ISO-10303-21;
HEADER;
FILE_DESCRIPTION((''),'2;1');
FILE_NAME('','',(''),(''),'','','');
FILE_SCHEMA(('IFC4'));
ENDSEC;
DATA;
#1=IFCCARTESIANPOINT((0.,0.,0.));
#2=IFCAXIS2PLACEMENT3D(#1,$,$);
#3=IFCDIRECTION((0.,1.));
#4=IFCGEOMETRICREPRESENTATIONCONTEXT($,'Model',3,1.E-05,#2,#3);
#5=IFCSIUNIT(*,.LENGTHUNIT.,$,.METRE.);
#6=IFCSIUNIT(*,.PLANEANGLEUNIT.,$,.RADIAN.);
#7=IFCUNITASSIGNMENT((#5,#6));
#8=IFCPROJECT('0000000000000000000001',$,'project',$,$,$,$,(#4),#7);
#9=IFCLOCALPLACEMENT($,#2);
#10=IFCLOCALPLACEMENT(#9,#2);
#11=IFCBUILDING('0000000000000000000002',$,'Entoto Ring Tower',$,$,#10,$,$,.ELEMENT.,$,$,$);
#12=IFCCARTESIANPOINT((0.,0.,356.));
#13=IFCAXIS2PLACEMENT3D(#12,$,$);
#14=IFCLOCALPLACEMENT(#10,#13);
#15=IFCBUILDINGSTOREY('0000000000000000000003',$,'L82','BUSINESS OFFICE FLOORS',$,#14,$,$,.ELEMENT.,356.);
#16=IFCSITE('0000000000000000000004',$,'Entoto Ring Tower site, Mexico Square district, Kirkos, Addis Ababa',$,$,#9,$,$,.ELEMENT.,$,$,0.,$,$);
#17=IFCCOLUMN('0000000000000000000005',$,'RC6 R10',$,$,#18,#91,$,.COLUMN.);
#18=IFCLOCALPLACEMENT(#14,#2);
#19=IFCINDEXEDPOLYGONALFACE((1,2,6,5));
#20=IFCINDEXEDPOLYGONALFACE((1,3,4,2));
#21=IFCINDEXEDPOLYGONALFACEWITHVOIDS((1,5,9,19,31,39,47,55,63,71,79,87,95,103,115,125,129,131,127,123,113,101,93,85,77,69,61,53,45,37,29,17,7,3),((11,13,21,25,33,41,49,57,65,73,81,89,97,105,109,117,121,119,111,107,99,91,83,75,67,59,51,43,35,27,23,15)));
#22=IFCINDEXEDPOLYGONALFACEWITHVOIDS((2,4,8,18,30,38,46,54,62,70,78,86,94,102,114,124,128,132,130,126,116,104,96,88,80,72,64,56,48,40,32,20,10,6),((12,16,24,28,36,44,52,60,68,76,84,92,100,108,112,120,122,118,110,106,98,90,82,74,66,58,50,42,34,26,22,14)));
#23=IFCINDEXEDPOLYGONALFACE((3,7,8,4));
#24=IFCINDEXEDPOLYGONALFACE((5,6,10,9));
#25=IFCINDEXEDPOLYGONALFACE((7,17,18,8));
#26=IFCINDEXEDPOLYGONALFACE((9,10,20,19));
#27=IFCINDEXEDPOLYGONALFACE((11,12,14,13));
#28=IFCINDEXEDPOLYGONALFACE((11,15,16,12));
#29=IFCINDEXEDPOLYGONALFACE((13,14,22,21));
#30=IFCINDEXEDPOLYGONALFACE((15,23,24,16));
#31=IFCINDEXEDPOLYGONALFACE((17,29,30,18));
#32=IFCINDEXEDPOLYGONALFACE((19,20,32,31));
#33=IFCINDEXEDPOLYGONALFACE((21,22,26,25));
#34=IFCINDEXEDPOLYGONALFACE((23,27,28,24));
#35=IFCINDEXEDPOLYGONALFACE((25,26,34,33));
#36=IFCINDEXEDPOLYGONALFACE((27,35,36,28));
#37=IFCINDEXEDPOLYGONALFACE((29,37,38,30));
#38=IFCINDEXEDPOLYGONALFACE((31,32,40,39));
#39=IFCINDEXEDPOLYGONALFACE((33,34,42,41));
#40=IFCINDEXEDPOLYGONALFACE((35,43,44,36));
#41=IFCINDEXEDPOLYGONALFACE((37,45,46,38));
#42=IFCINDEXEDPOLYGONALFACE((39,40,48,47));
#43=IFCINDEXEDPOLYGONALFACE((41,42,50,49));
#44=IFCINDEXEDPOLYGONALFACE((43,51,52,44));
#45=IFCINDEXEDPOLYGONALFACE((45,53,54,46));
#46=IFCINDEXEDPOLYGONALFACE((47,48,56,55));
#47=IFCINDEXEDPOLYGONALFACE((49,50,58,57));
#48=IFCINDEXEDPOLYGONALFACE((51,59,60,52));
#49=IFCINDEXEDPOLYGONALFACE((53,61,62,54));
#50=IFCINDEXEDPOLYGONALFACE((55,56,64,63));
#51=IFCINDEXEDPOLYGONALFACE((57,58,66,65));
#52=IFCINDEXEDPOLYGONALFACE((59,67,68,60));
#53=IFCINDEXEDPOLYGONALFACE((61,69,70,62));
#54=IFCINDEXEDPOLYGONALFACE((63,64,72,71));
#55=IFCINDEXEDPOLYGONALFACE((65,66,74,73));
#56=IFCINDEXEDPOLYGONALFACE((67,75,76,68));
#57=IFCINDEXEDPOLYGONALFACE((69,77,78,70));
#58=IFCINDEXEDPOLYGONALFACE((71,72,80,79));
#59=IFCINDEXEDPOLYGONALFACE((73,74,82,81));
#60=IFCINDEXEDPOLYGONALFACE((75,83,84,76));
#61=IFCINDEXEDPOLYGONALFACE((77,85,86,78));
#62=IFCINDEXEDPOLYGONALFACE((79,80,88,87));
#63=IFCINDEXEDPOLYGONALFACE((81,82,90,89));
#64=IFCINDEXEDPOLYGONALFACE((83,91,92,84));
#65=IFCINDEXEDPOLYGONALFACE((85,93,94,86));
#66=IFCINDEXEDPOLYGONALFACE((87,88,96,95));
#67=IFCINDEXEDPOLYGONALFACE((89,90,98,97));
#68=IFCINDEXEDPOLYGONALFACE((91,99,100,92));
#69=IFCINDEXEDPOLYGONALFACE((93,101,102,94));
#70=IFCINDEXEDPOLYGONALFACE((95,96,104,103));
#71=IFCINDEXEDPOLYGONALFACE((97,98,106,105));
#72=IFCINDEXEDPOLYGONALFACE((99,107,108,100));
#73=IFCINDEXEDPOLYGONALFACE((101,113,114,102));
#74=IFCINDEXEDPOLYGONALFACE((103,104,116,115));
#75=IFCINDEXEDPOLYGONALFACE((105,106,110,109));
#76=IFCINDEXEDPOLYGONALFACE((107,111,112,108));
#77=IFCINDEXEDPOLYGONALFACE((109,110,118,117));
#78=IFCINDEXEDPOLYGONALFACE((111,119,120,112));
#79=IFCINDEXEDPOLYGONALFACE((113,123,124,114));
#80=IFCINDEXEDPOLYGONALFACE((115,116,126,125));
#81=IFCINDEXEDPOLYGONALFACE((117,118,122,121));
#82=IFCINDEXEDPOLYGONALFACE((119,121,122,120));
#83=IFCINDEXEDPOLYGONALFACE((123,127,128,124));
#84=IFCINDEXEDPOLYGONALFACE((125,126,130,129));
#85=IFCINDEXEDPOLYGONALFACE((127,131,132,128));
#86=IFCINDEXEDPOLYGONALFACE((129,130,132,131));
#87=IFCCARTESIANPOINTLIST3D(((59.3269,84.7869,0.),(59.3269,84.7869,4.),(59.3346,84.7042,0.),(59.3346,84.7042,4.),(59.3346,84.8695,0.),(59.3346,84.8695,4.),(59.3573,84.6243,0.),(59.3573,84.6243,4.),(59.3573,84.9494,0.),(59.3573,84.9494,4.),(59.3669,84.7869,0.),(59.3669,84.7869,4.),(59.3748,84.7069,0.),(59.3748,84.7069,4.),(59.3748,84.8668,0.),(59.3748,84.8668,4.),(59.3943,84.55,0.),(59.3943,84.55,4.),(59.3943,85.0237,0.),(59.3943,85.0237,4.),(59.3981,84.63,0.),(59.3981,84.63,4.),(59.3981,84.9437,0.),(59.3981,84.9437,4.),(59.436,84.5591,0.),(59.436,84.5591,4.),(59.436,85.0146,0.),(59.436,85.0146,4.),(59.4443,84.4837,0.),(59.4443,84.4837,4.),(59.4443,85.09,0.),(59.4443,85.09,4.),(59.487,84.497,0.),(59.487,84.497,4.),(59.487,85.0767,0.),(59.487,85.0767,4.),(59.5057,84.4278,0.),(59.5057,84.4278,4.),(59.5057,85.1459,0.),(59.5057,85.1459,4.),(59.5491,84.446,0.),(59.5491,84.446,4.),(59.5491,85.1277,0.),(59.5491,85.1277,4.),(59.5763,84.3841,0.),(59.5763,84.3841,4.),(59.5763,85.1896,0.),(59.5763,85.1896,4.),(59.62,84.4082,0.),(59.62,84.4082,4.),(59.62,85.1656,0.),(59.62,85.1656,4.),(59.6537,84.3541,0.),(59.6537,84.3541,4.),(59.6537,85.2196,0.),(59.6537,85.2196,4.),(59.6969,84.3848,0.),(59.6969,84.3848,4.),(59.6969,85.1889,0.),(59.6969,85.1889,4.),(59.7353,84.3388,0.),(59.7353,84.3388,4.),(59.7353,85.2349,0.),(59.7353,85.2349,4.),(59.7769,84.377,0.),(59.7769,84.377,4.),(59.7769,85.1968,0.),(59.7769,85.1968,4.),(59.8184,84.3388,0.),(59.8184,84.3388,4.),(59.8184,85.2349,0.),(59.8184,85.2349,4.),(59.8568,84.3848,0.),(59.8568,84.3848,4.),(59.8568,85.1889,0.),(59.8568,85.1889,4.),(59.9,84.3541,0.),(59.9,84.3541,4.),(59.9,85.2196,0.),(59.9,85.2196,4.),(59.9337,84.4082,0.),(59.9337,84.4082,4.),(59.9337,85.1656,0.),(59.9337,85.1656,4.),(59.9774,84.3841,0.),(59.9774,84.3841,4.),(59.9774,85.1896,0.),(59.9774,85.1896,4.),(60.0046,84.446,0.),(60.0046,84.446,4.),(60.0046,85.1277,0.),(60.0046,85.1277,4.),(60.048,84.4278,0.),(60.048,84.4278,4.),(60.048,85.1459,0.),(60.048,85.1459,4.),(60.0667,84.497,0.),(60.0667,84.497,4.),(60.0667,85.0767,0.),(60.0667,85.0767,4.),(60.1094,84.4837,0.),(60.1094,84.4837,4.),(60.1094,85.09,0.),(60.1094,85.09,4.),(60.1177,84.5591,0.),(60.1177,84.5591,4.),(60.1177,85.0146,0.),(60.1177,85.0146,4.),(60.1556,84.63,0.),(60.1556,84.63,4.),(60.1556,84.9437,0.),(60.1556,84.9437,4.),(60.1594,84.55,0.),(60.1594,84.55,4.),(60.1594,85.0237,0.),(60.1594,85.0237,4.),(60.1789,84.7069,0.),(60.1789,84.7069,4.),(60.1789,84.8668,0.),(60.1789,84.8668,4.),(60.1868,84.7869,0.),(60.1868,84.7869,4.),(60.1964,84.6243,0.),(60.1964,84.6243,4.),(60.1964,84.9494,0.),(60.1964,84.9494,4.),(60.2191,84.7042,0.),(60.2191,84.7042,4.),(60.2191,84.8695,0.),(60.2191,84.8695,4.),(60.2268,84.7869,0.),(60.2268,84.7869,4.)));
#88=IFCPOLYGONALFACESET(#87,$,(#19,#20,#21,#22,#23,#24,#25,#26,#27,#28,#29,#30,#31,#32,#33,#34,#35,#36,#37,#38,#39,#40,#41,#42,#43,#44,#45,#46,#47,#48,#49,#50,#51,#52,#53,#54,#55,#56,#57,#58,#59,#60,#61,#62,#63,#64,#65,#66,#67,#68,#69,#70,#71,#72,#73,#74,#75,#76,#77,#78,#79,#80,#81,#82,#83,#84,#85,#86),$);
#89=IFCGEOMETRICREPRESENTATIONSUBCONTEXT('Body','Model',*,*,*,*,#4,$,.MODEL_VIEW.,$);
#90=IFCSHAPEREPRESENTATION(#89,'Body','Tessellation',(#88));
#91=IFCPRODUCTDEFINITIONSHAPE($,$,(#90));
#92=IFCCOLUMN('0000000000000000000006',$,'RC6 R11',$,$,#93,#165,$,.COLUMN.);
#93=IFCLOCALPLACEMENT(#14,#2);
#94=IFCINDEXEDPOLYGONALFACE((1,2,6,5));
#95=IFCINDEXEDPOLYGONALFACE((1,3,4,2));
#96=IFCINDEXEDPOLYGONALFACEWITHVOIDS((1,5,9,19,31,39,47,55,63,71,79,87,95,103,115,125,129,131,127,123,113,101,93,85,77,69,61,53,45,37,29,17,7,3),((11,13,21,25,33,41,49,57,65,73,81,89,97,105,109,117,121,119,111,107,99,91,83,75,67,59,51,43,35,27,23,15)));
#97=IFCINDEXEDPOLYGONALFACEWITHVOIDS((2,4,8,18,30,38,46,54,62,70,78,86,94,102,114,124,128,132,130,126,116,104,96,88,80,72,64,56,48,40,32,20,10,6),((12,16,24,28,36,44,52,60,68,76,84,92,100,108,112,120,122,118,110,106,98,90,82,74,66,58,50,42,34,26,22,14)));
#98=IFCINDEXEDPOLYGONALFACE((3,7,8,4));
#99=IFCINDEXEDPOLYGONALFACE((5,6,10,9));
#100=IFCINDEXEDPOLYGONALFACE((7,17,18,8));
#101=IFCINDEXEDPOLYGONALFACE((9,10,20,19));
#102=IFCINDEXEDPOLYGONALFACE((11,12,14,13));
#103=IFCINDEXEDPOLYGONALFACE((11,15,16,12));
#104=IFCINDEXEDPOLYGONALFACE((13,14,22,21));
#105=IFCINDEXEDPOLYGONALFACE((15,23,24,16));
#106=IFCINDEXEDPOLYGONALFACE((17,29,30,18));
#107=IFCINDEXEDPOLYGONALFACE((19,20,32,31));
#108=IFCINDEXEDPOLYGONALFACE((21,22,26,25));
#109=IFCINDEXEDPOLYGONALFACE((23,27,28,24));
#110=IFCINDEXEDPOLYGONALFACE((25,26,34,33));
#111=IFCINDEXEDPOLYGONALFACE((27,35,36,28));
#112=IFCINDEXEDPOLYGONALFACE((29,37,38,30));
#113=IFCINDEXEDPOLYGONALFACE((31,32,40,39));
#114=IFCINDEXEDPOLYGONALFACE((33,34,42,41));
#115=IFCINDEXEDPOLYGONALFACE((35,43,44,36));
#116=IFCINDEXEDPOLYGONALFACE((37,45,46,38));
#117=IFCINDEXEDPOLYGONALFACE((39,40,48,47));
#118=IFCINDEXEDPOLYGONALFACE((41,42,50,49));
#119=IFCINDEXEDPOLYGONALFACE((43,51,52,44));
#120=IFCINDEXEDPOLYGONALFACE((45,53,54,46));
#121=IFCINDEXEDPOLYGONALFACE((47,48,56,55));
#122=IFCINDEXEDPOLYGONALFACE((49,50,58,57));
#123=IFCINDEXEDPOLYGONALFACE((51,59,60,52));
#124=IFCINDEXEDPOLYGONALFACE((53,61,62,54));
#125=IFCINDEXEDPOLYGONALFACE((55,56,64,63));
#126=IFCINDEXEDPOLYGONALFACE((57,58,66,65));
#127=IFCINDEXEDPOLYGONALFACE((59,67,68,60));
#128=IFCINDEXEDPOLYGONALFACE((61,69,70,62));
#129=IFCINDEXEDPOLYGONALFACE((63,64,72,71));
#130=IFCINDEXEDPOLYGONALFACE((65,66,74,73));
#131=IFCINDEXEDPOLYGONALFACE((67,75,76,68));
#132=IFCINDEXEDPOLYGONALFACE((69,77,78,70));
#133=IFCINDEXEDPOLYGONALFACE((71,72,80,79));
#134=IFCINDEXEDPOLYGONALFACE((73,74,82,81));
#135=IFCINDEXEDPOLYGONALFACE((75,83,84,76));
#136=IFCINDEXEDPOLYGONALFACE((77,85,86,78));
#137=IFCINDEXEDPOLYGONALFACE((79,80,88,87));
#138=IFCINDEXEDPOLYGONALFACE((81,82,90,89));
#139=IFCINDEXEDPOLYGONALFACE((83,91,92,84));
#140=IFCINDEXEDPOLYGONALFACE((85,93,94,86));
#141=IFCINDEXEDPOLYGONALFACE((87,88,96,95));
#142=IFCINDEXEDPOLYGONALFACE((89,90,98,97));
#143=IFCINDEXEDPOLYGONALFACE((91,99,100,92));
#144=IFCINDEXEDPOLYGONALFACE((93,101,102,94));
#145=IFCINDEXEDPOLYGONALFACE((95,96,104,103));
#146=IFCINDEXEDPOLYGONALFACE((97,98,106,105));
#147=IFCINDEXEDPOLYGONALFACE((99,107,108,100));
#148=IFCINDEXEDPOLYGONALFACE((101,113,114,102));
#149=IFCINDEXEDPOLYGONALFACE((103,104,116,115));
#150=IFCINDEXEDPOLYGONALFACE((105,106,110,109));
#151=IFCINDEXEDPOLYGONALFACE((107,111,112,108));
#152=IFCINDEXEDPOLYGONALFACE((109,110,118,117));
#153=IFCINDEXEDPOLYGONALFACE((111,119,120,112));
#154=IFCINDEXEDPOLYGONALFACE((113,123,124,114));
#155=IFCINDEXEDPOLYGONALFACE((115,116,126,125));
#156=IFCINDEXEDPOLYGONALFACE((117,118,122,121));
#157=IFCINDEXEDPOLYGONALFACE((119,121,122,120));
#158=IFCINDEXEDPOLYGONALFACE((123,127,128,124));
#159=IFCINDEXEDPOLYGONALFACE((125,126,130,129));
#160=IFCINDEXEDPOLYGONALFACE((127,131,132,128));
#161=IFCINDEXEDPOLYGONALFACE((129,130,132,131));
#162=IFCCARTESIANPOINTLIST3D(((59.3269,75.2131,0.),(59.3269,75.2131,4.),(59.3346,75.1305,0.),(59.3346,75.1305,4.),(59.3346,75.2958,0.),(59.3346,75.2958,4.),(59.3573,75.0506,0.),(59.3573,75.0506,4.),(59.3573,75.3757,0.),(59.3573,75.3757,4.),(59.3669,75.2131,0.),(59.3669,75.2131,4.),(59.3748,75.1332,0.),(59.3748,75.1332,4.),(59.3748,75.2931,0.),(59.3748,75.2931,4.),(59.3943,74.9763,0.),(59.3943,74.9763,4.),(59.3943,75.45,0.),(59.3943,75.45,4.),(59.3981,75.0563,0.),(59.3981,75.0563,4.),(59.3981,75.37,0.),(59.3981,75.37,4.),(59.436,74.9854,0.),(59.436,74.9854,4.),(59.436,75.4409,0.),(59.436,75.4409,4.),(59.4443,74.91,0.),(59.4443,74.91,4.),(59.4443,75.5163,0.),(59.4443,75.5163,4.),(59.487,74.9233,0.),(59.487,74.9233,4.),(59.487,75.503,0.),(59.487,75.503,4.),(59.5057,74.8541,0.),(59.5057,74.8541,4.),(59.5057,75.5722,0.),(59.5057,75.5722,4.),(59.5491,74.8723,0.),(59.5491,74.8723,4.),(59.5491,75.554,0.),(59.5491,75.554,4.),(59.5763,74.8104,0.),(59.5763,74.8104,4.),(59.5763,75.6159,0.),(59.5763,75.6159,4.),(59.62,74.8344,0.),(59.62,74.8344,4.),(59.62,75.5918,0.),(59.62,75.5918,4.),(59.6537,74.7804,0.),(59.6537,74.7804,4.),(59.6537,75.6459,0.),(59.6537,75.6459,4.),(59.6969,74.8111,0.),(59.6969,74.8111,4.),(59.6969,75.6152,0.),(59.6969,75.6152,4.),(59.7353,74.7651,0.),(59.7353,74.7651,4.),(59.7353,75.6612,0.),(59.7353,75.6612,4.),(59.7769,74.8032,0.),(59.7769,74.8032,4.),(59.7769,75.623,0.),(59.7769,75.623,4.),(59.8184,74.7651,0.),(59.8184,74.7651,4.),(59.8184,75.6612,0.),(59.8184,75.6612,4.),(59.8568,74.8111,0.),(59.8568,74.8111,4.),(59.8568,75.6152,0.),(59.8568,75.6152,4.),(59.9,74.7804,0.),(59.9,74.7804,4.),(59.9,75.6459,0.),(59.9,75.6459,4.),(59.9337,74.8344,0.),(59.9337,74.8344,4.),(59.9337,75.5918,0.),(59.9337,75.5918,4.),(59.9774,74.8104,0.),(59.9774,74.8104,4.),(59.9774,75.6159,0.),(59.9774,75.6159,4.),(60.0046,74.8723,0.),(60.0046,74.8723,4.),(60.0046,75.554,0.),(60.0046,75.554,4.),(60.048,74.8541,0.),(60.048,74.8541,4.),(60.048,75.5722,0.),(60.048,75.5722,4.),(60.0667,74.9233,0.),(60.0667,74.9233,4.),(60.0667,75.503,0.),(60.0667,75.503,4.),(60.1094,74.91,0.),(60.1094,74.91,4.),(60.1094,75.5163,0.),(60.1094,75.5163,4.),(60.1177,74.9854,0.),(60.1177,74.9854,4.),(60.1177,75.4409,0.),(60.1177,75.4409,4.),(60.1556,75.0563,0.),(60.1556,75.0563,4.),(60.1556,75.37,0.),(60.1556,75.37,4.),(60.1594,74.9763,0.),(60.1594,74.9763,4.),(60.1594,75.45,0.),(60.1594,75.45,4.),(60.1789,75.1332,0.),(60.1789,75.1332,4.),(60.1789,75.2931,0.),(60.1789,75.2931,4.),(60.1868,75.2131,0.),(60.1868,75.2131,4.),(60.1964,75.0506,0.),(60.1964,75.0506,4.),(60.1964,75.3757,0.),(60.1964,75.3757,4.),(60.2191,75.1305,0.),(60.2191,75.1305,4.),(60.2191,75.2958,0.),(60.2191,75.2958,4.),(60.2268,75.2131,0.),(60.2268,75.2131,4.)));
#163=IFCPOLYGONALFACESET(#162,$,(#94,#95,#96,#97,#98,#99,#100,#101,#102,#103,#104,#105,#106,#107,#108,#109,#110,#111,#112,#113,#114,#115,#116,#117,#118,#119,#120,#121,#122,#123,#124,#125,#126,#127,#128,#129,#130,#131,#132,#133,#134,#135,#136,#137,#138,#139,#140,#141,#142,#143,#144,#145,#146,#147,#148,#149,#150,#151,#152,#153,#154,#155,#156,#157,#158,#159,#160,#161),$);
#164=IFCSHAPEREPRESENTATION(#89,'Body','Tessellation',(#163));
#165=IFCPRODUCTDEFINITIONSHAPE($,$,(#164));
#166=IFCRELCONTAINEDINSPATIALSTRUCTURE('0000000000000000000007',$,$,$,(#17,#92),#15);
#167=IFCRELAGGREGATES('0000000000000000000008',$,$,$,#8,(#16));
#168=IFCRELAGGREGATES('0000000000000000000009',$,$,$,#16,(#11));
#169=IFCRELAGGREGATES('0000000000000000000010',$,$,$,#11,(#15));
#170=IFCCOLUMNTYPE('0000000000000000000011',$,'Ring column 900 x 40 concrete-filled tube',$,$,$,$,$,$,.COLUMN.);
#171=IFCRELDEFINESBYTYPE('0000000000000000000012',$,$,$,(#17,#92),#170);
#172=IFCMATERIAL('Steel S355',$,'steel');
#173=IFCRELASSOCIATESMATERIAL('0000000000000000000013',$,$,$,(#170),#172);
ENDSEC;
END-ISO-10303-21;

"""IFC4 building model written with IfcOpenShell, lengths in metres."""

from ifc_helpers import new_model, si_unit, direction, frame, origin, origin_2d, place, context, subcontext, project, spatial, circle, hollow_circle, extrude, material, material_profile, profile_set, type_object, element, save


model = new_model("IFC4")

# Units and contexts
model_context = context("Model", 3, precision=1e-05, world=origin(), true_north=direction((0.0, 1.0)))
body_context = subcontext(model_context, "Body", "Model", "MODEL_VIEW")
ifc_project = project(units=[si_unit("LENGTHUNIT", "METRE"), si_unit("PLANEANGLEUNIT", "RADIAN")], contexts=[model_context])

# Site, building, storey
site_placement = place(None, origin())
site = spatial("IfcSite", under=ifc_project, at=site_placement, Name="Entoto Ring Tower site, Mexico Square district, Kirkos, Addis Ababa", CompositionType="ELEMENT", RefElevation=0.0)
building_placement = place(site_placement, origin())
building = spatial("IfcBuilding", under=site, at=building_placement, Name="Entoto Ring Tower", CompositionType="ELEMENT")
storey_placement = place(building_placement, frame((0.0, 0.0, 356.0)))
storey = spatial("IfcBuildingStorey", under=building, at=storey_placement, Name="L82", Description="BUSINESS OFFICE FLOORS", CompositionType="ELEMENT", Elevation=356.0)

# Columns
ifc_material_1 = material(Name="Steel S355", Category="steel")
ifc_material_profile_1 = material_profile(ifc_material_1, hollow_circle(Radius=0.45, WallThickness=0.04, at=origin_2d()), Name="CHS 900 x 40")
ifc_material_2 = material(Name="Concrete C60/75", Category="concrete")
ifc_material_profile_2 = material_profile(ifc_material_2, circle(Radius=0.4099, at=origin_2d()), Name="Concrete C60/75 infill")
ifc_profile_set_1 = profile_set([ifc_material_profile_1, ifc_material_profile_2], Name="Steel S355")
column_type = type_object("IfcColumnType", Name="Ring column 900 x 40 concrete-filled tube", PredefinedType="COLUMN", material=ifc_profile_set_1)
for number, where, z_axis, x_axis, name in (
    (1, (59.7769, 84.7869, 0.0), (0.0, 0.0, 1.0), (1.0, 0.0, 0.0), "RC6 R10"),
    (2, (59.7769, 75.2131, 0.0), (0.0, 0.0, 1.0), (1.0, 0.0, 0.0), "RC6 R11"),
):
    element("IfcColumn", number, at=place(storey_placement, frame(where, z_axis=z_axis, x_axis=x_axis)), inside=storey, type_object=column_type, Name=name, PredefinedType="COLUMN", context=body_context, shape_type="SweptSolid", body=[
        extrude(hollow_circle(Radius=0.45, WallThickness=0.04, at=origin_2d()), origin(), (0.0, 0.0, 1.0), 4.0),
    ])

save(model, "model.ifc")
